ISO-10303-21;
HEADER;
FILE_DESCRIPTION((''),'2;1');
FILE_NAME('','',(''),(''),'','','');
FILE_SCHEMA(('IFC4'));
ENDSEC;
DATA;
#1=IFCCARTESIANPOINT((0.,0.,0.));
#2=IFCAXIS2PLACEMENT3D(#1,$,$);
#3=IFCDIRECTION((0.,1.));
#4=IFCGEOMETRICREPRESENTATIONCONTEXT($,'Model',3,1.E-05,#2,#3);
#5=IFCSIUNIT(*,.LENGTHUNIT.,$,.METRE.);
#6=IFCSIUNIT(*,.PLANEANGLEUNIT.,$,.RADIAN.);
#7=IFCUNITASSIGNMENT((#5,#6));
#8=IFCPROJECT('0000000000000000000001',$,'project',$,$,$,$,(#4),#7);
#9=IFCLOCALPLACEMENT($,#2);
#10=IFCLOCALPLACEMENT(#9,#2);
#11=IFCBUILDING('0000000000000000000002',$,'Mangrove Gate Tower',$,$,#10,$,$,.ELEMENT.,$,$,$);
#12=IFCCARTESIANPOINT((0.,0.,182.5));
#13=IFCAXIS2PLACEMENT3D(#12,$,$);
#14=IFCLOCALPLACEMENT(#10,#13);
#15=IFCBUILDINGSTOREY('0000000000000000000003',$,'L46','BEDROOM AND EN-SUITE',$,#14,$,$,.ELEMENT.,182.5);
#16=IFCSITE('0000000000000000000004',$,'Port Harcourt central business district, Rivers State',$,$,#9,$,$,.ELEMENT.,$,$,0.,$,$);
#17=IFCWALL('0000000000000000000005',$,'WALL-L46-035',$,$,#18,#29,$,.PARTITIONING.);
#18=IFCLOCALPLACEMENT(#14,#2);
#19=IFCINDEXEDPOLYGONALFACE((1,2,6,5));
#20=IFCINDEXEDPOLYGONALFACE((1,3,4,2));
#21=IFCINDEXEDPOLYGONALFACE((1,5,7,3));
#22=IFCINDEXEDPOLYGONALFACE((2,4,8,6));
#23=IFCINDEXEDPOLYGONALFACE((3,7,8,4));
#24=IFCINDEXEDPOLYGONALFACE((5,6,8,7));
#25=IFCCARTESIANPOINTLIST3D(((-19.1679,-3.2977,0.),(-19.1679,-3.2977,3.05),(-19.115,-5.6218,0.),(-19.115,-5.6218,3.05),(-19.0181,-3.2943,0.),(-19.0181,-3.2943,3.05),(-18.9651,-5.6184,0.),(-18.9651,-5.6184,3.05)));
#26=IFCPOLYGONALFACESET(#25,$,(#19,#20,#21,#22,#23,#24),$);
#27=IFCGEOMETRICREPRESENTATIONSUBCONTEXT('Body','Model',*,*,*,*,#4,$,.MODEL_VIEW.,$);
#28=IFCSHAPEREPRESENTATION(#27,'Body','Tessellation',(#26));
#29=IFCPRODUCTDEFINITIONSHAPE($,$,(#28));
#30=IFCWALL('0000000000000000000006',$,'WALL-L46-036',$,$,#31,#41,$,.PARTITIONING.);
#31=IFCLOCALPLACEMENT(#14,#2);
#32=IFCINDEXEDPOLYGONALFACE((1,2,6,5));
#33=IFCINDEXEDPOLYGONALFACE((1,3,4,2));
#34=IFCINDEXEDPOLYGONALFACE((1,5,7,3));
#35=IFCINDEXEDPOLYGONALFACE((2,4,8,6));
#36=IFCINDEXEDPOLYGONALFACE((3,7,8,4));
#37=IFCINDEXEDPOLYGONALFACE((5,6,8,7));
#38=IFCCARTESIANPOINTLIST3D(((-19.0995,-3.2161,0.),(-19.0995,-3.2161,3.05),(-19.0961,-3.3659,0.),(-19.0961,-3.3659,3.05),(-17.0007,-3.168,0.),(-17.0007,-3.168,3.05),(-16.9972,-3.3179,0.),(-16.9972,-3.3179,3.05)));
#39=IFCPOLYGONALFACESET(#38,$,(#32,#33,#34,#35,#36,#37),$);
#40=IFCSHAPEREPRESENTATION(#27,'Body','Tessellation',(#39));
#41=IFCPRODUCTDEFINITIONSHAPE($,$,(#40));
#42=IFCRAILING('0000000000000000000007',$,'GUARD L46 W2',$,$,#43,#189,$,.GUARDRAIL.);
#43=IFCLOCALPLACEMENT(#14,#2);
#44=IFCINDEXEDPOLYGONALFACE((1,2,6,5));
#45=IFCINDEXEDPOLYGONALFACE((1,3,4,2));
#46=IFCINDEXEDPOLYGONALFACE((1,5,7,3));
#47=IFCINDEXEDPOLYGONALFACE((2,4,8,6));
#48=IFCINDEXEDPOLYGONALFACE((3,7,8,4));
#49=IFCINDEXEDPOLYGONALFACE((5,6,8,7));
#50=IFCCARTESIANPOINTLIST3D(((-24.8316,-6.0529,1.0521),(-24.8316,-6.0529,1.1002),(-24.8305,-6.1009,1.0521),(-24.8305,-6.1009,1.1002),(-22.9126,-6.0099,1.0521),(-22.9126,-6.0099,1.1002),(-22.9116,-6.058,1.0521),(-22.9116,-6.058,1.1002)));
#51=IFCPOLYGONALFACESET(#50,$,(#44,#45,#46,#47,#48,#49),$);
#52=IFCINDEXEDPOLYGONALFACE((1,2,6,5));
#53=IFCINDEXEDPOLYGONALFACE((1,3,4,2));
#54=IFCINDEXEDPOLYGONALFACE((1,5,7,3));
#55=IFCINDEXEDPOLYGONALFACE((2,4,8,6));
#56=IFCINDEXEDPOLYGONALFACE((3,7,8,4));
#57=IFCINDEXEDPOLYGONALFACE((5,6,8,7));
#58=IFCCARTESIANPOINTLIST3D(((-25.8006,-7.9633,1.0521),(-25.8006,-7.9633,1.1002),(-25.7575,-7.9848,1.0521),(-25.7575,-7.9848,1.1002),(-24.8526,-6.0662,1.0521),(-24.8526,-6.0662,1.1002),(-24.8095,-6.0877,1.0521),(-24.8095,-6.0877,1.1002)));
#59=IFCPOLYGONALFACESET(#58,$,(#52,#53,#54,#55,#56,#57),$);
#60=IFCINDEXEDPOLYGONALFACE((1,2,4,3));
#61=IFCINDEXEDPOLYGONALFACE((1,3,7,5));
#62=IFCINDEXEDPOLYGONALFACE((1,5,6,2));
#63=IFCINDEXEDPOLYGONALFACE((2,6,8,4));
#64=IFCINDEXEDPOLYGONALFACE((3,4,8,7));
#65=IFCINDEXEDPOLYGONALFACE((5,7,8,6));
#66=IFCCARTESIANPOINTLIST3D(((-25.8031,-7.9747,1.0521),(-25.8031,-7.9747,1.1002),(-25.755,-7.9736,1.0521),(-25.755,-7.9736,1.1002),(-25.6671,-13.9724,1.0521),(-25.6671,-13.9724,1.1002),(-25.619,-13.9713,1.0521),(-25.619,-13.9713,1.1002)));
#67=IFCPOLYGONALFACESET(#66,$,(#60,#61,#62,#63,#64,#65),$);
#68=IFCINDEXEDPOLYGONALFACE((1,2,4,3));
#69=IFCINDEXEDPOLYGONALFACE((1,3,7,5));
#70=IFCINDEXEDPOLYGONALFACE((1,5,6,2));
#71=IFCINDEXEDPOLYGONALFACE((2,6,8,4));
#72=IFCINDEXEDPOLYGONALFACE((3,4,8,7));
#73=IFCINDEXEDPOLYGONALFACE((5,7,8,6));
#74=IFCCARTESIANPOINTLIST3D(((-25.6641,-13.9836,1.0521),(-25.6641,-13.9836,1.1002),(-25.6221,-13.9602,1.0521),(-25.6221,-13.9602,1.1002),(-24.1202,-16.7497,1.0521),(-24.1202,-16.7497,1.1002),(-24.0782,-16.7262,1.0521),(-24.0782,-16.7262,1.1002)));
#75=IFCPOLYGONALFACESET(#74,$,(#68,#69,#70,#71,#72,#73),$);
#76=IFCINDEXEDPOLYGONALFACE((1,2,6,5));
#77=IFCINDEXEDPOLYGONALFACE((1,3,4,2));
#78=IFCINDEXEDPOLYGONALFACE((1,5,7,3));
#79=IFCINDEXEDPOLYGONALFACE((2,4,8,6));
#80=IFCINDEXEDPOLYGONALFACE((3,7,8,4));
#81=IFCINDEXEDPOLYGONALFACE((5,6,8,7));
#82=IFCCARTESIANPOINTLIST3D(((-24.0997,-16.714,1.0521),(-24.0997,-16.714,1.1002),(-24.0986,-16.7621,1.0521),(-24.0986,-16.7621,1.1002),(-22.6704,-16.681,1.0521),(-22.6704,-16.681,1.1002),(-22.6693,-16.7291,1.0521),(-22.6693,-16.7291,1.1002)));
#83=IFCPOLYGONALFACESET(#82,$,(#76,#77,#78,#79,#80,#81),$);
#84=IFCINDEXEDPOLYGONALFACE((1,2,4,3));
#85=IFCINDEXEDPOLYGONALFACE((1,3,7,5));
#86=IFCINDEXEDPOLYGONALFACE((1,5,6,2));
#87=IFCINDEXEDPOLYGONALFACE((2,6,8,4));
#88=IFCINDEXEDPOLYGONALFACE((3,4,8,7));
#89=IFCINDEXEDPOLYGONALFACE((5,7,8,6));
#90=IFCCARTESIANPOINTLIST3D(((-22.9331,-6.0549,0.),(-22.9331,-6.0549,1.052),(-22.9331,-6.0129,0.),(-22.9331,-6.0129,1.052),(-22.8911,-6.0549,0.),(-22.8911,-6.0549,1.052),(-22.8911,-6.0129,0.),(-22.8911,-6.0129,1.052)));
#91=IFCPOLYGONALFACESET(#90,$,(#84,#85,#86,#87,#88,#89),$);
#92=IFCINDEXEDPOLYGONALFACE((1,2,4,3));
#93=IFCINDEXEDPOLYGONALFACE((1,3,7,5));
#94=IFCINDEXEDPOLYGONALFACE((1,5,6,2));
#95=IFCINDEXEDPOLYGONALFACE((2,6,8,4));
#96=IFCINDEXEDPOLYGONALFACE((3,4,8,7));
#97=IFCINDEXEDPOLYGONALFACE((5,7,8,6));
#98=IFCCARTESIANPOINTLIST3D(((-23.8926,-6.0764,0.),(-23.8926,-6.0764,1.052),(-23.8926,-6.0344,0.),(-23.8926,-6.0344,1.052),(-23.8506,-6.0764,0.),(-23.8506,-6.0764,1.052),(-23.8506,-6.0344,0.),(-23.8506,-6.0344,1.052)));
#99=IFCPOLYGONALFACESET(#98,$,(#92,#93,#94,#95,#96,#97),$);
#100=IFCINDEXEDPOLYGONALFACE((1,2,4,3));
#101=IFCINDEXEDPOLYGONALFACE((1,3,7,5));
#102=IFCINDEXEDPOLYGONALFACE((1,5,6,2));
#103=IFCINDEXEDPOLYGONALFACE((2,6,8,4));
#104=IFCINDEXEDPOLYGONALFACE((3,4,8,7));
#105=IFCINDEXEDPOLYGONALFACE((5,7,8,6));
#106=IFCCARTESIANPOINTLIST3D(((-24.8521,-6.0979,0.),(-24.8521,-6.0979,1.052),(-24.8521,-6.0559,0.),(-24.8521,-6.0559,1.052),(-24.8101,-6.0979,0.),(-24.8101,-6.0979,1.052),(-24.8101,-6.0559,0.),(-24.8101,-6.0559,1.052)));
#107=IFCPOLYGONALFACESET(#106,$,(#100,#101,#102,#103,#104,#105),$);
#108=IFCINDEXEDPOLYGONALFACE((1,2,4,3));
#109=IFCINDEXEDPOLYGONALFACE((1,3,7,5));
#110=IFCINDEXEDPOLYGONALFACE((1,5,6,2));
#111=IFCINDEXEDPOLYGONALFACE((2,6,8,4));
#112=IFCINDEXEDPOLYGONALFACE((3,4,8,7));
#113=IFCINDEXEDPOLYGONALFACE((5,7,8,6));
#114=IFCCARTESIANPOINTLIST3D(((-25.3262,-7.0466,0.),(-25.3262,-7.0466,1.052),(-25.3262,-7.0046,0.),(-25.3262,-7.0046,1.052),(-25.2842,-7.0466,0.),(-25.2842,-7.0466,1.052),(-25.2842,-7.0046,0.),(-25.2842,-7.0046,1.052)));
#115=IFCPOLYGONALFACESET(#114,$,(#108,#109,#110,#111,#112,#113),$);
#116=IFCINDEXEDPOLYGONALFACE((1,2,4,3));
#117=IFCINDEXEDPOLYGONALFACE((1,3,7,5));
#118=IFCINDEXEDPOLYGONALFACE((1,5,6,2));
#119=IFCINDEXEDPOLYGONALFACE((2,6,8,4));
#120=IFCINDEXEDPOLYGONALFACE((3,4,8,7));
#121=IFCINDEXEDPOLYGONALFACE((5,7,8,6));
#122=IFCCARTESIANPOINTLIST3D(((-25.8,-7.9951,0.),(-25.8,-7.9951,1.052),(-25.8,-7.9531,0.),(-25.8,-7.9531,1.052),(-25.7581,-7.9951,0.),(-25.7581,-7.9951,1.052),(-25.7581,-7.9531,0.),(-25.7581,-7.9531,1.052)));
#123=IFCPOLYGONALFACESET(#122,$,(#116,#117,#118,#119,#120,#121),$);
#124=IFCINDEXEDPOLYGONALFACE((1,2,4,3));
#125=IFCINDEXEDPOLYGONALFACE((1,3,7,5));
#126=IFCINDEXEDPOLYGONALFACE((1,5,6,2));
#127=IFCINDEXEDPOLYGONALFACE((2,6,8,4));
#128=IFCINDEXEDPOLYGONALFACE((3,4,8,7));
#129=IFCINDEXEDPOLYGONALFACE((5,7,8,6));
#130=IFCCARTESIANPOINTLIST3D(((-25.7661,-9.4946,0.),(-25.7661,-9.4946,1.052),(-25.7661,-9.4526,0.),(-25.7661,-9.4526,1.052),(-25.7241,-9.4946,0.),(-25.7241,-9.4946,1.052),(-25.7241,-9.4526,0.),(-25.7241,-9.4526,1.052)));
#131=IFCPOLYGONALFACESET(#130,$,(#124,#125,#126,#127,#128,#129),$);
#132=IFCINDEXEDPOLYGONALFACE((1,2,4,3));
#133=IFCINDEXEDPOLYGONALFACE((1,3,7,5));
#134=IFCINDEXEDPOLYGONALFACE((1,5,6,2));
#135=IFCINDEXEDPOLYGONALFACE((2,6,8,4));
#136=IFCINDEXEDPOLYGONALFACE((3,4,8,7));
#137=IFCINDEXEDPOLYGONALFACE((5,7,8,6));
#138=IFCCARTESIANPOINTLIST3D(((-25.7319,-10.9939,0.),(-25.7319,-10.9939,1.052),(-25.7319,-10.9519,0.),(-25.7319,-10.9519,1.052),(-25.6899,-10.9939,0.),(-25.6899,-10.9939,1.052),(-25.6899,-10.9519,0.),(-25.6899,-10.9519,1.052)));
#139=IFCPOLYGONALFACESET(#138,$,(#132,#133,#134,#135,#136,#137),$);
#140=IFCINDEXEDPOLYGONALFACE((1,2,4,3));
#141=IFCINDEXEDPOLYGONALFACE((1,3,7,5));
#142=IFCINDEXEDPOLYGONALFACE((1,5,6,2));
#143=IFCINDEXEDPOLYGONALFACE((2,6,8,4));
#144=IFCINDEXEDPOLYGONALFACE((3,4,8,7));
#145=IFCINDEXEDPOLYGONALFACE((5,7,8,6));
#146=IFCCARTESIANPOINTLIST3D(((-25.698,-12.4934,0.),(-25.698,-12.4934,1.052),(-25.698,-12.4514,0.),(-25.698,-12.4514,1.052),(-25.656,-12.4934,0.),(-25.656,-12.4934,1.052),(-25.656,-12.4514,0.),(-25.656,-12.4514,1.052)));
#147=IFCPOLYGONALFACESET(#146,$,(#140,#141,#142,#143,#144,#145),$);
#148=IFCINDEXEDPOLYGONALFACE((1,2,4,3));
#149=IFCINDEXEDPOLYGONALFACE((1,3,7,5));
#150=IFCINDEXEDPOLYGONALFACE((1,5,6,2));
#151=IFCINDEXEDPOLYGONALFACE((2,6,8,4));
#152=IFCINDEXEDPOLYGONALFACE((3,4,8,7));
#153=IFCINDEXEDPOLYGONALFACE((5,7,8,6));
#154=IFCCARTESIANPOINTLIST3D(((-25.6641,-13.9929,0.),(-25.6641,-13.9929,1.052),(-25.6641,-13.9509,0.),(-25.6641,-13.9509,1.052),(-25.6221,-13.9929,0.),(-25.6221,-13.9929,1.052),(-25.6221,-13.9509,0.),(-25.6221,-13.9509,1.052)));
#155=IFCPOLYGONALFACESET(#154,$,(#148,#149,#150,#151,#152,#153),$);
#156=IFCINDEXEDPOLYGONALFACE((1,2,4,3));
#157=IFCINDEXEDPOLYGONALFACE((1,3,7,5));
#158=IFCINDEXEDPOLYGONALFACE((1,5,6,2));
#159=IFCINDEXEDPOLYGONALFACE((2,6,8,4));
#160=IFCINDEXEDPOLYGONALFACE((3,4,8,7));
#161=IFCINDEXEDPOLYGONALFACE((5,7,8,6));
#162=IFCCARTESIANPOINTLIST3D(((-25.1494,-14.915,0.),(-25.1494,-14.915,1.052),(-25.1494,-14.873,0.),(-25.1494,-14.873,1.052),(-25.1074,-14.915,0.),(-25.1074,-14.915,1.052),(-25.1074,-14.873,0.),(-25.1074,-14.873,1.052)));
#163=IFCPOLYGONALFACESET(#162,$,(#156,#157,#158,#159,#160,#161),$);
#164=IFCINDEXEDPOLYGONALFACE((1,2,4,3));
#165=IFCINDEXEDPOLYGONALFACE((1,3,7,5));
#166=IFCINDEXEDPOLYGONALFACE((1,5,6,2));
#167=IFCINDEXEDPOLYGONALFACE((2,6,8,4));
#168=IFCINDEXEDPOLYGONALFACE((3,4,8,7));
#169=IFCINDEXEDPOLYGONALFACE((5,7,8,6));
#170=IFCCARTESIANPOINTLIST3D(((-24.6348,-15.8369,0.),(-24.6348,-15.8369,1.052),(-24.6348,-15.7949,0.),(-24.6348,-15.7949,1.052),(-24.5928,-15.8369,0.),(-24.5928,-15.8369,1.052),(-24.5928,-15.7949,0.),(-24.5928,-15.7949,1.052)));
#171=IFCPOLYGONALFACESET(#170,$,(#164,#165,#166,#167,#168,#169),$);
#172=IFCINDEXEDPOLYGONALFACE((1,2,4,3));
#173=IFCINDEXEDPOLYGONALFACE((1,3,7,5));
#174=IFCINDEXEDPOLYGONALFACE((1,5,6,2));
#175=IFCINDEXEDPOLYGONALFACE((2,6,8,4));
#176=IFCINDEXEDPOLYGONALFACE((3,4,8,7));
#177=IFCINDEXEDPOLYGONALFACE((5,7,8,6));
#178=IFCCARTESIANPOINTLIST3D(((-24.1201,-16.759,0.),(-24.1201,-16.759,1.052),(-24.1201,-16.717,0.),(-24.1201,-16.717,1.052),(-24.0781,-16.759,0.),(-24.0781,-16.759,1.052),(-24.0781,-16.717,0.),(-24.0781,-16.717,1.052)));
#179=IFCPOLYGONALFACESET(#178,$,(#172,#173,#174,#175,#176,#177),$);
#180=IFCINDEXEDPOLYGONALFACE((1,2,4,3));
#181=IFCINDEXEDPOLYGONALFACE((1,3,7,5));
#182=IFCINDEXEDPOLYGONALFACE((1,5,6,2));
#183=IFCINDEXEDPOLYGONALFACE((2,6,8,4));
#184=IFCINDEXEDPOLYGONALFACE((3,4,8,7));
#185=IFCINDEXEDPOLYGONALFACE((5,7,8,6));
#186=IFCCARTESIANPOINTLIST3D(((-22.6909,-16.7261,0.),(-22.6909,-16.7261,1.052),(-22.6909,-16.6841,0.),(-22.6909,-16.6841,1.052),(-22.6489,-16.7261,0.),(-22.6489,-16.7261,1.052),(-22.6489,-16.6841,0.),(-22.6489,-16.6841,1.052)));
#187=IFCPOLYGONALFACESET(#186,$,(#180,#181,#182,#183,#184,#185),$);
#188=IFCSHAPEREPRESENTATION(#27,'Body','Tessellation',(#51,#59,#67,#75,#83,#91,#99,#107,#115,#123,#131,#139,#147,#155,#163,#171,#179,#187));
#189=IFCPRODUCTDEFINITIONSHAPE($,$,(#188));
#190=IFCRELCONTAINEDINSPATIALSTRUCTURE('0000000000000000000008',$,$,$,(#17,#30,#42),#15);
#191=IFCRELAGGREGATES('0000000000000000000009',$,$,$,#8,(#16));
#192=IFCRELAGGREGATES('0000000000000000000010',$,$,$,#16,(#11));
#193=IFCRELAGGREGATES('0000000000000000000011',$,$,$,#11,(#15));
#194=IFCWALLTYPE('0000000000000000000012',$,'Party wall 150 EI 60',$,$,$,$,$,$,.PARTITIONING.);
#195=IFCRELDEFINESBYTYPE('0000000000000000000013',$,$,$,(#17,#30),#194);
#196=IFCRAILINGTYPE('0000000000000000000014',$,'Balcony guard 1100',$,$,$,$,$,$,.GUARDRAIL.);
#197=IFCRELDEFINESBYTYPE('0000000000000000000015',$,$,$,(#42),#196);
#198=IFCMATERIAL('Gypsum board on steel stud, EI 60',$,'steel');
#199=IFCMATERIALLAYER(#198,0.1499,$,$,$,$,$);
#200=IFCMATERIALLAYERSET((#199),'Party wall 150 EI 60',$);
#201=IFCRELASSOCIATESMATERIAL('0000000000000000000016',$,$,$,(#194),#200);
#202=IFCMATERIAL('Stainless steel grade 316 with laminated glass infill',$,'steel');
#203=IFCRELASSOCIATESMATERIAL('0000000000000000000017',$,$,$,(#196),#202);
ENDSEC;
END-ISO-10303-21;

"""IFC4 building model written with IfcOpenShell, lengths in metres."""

from ifc_helpers import new_model, si_unit, direction, frame, frame_2d, origin, origin_2d, place, context, subcontext, project, spatial, rectangle, extrude, material, layer, layer_set, type_object, element, save


model = new_model("IFC4")

# Units and contexts
model_context = context("Model", 3, precision=1e-05, world=origin(), true_north=direction((0.0, 1.0)))
body_context = subcontext(model_context, "Body", "Model", "MODEL_VIEW")
ifc_project = project(units=[si_unit("LENGTHUNIT", "METRE"), si_unit("PLANEANGLEUNIT", "RADIAN")], contexts=[model_context])

# Site, building, storey
site_placement = place(None, origin())
site = spatial("IfcSite", under=ifc_project, at=site_placement, Name="Port Harcourt central business district, Rivers State", CompositionType="ELEMENT", RefElevation=0.0)
building_placement = place(site_placement, origin())
building = spatial("IfcBuilding", under=site, at=building_placement, Name="Mangrove Gate Tower", CompositionType="ELEMENT")
storey_placement = place(building_placement, frame((0.0, 0.0, 182.5)))
storey = spatial("IfcBuildingStorey", under=building, at=storey_placement, Name="L46", Description="BEDROOM AND EN-SUITE", CompositionType="ELEMENT", Elevation=182.5)

# Walls
ifc_material_1 = material(Name="Gypsum board on steel stud, EI 60", Category="steel")
ifc_layer_1 = layer(ifc_material_1, 0.1499)
ifc_layer_set_1 = layer_set([ifc_layer_1], Name="Party wall 150 EI 60")
wall_type_1 = type_object("IfcWallType", Name="Party wall 150 EI 60", PredefinedType="PARTITIONING", material=ifc_layer_set_1)
wall_1_placement = place(storey_placement, frame((-19.04, -5.6201, 0.0), z_axis=(0.0, 0.0, 1.0), x_axis=(-0.022788, 0.99974, 0.0)))
element("IfcWall", 1, at=wall_1_placement, inside=storey, type_object=wall_type_1, Name="WALL-L46-035", PredefinedType="PARTITIONING", context=body_context, shape_type="SweptSolid", body=[
    extrude(rectangle(XDim=2.3247, YDim=0.1499, at=frame_2d((1.1624, 0.0))), origin(), (0.0, 0.0, 1.0), 3.05),
])
wall_2_placement = place(storey_placement, frame((-19.0979, -3.291, 0.0), z_axis=(0.0, 0.0, 1.0), x_axis=(0.999738, 0.022909, 0.0)))
element("IfcWall", 2, at=wall_2_placement, inside=storey, type_object=wall_type_1, Name="WALL-L46-036", PredefinedType="PARTITIONING", context=body_context, shape_type="SweptSolid", body=[
    extrude(rectangle(XDim=2.0994, YDim=0.1499, at=frame_2d((1.0498, 0.0))), origin(), (0.0, 0.0, 1.0), 3.05),
])

# Railing
ifc_material_2 = material(Name="Stainless steel grade 316 with laminated glass infill", Category="steel")
railing_type = type_object("IfcRailingType", Name="Balcony guard 1100", PredefinedType="GUARDRAIL", material=ifc_material_2)
railing_placement = place(storey_placement, frame((-22.9121, -6.0339, 0.0)))
element("IfcRailing", 3, at=railing_placement, inside=storey, type_object=railing_type, Name="GUARD L46 W2", PredefinedType="GUARDRAIL", context=body_context, shape_type="SweptSolid", body=[
    extrude(rectangle(XDim=0.0481, YDim=0.0481, at=origin_2d()), frame((0.0, 0.0, 1.0762), z_axis=(-0.999749, -0.022386, 0.0), x_axis=(0.022386, -0.999749, 0.0)), (0.0, 0.0, 1.0), 1.9194),
    extrude(rectangle(XDim=0.0481, YDim=0.0481, at=origin_2d()), frame((-1.9189, -0.043, 1.0762), z_axis=(-0.446983, -0.894542, 0.0), x_axis=(0.894542, -0.446983, 0.0)), (0.0, 0.0, 1.0), 2.1208),
    extrude(rectangle(XDim=0.0481, YDim=0.0481, at=origin_2d()), frame((-2.8669, -1.9402, 1.0762), z_axis=(0.022667, -0.999743, 0.0), x_axis=(0.999743, 0.022667, 0.0)), (0.0, 0.0, 1.0), 5.9993),
    extrude(rectangle(XDim=0.0481, YDim=0.0481, at=origin_2d()), frame((-2.731, -7.938, 1.0762), z_axis=(0.487383, -0.873189, 0.0), x_axis=(0.873189, 0.487383, 0.0)), (0.0, 0.0, 1.0), 3.1677),
    extrude(rectangle(XDim=0.0481, YDim=0.0481, at=origin_2d()), frame((-1.187, -10.7041, 1.0762), z_axis=(0.999734, 0.023055, 0.0), x_axis=(-0.023055, 0.999734, 0.0)), (0.0, 0.0, 1.0), 1.4297),
    extrude(rectangle(XDim=0.042, YDim=0.042, at=origin_2d()), origin(), (0.0, 0.0, 1.0), 1.052),
    extrude(rectangle(XDim=0.042, YDim=0.042, at=origin_2d()), frame((-0.9595, -0.0215, 0.0)), (0.0, 0.0, 1.0), 1.052),
    extrude(rectangle(XDim=0.042, YDim=0.042, at=origin_2d()), frame((-1.9189, -0.043, 0.0)), (0.0, 0.0, 1.0), 1.052),
    extrude(rectangle(XDim=0.042, YDim=0.042, at=origin_2d()), frame((-2.3931, -0.9917, 0.0)), (0.0, 0.0, 1.0), 1.052),
    extrude(rectangle(XDim=0.042, YDim=0.042, at=origin_2d()), frame((-2.8669, -1.9402, 0.0)), (0.0, 0.0, 1.0), 1.052),
    extrude(rectangle(XDim=0.042, YDim=0.042, at=origin_2d()), frame((-2.833, -3.4397, 0.0)), (0.0, 0.0, 1.0), 1.052),
    extrude(rectangle(XDim=0.042, YDim=0.042, at=origin_2d()), frame((-2.7988, -4.939, 0.0)), (0.0, 0.0, 1.0), 1.052),
    extrude(rectangle(XDim=0.042, YDim=0.042, at=origin_2d()), frame((-2.7649, -6.4385, 0.0)), (0.0, 0.0, 1.0), 1.052),
    extrude(rectangle(XDim=0.042, YDim=0.042, at=origin_2d()), frame((-2.731, -7.938, 0.0)), (0.0, 0.0, 1.0), 1.052),
    extrude(rectangle(XDim=0.042, YDim=0.042, at=origin_2d()), frame((-2.2163, -8.8601, 0.0)), (0.0, 0.0, 1.0), 1.052),
    extrude(rectangle(XDim=0.042, YDim=0.042, at=origin_2d()), frame((-1.7017, -9.782, 0.0)), (0.0, 0.0, 1.0), 1.052),
    extrude(rectangle(XDim=0.042, YDim=0.042, at=origin_2d()), frame((-1.187, -10.7041, 0.0)), (0.0, 0.0, 1.0), 1.052),
    extrude(rectangle(XDim=0.042, YDim=0.042, at=origin_2d()), frame((0.2422, -10.6711, 0.0)), (0.0, 0.0, 1.0), 1.052),
])

save(model, "model.ifc")
